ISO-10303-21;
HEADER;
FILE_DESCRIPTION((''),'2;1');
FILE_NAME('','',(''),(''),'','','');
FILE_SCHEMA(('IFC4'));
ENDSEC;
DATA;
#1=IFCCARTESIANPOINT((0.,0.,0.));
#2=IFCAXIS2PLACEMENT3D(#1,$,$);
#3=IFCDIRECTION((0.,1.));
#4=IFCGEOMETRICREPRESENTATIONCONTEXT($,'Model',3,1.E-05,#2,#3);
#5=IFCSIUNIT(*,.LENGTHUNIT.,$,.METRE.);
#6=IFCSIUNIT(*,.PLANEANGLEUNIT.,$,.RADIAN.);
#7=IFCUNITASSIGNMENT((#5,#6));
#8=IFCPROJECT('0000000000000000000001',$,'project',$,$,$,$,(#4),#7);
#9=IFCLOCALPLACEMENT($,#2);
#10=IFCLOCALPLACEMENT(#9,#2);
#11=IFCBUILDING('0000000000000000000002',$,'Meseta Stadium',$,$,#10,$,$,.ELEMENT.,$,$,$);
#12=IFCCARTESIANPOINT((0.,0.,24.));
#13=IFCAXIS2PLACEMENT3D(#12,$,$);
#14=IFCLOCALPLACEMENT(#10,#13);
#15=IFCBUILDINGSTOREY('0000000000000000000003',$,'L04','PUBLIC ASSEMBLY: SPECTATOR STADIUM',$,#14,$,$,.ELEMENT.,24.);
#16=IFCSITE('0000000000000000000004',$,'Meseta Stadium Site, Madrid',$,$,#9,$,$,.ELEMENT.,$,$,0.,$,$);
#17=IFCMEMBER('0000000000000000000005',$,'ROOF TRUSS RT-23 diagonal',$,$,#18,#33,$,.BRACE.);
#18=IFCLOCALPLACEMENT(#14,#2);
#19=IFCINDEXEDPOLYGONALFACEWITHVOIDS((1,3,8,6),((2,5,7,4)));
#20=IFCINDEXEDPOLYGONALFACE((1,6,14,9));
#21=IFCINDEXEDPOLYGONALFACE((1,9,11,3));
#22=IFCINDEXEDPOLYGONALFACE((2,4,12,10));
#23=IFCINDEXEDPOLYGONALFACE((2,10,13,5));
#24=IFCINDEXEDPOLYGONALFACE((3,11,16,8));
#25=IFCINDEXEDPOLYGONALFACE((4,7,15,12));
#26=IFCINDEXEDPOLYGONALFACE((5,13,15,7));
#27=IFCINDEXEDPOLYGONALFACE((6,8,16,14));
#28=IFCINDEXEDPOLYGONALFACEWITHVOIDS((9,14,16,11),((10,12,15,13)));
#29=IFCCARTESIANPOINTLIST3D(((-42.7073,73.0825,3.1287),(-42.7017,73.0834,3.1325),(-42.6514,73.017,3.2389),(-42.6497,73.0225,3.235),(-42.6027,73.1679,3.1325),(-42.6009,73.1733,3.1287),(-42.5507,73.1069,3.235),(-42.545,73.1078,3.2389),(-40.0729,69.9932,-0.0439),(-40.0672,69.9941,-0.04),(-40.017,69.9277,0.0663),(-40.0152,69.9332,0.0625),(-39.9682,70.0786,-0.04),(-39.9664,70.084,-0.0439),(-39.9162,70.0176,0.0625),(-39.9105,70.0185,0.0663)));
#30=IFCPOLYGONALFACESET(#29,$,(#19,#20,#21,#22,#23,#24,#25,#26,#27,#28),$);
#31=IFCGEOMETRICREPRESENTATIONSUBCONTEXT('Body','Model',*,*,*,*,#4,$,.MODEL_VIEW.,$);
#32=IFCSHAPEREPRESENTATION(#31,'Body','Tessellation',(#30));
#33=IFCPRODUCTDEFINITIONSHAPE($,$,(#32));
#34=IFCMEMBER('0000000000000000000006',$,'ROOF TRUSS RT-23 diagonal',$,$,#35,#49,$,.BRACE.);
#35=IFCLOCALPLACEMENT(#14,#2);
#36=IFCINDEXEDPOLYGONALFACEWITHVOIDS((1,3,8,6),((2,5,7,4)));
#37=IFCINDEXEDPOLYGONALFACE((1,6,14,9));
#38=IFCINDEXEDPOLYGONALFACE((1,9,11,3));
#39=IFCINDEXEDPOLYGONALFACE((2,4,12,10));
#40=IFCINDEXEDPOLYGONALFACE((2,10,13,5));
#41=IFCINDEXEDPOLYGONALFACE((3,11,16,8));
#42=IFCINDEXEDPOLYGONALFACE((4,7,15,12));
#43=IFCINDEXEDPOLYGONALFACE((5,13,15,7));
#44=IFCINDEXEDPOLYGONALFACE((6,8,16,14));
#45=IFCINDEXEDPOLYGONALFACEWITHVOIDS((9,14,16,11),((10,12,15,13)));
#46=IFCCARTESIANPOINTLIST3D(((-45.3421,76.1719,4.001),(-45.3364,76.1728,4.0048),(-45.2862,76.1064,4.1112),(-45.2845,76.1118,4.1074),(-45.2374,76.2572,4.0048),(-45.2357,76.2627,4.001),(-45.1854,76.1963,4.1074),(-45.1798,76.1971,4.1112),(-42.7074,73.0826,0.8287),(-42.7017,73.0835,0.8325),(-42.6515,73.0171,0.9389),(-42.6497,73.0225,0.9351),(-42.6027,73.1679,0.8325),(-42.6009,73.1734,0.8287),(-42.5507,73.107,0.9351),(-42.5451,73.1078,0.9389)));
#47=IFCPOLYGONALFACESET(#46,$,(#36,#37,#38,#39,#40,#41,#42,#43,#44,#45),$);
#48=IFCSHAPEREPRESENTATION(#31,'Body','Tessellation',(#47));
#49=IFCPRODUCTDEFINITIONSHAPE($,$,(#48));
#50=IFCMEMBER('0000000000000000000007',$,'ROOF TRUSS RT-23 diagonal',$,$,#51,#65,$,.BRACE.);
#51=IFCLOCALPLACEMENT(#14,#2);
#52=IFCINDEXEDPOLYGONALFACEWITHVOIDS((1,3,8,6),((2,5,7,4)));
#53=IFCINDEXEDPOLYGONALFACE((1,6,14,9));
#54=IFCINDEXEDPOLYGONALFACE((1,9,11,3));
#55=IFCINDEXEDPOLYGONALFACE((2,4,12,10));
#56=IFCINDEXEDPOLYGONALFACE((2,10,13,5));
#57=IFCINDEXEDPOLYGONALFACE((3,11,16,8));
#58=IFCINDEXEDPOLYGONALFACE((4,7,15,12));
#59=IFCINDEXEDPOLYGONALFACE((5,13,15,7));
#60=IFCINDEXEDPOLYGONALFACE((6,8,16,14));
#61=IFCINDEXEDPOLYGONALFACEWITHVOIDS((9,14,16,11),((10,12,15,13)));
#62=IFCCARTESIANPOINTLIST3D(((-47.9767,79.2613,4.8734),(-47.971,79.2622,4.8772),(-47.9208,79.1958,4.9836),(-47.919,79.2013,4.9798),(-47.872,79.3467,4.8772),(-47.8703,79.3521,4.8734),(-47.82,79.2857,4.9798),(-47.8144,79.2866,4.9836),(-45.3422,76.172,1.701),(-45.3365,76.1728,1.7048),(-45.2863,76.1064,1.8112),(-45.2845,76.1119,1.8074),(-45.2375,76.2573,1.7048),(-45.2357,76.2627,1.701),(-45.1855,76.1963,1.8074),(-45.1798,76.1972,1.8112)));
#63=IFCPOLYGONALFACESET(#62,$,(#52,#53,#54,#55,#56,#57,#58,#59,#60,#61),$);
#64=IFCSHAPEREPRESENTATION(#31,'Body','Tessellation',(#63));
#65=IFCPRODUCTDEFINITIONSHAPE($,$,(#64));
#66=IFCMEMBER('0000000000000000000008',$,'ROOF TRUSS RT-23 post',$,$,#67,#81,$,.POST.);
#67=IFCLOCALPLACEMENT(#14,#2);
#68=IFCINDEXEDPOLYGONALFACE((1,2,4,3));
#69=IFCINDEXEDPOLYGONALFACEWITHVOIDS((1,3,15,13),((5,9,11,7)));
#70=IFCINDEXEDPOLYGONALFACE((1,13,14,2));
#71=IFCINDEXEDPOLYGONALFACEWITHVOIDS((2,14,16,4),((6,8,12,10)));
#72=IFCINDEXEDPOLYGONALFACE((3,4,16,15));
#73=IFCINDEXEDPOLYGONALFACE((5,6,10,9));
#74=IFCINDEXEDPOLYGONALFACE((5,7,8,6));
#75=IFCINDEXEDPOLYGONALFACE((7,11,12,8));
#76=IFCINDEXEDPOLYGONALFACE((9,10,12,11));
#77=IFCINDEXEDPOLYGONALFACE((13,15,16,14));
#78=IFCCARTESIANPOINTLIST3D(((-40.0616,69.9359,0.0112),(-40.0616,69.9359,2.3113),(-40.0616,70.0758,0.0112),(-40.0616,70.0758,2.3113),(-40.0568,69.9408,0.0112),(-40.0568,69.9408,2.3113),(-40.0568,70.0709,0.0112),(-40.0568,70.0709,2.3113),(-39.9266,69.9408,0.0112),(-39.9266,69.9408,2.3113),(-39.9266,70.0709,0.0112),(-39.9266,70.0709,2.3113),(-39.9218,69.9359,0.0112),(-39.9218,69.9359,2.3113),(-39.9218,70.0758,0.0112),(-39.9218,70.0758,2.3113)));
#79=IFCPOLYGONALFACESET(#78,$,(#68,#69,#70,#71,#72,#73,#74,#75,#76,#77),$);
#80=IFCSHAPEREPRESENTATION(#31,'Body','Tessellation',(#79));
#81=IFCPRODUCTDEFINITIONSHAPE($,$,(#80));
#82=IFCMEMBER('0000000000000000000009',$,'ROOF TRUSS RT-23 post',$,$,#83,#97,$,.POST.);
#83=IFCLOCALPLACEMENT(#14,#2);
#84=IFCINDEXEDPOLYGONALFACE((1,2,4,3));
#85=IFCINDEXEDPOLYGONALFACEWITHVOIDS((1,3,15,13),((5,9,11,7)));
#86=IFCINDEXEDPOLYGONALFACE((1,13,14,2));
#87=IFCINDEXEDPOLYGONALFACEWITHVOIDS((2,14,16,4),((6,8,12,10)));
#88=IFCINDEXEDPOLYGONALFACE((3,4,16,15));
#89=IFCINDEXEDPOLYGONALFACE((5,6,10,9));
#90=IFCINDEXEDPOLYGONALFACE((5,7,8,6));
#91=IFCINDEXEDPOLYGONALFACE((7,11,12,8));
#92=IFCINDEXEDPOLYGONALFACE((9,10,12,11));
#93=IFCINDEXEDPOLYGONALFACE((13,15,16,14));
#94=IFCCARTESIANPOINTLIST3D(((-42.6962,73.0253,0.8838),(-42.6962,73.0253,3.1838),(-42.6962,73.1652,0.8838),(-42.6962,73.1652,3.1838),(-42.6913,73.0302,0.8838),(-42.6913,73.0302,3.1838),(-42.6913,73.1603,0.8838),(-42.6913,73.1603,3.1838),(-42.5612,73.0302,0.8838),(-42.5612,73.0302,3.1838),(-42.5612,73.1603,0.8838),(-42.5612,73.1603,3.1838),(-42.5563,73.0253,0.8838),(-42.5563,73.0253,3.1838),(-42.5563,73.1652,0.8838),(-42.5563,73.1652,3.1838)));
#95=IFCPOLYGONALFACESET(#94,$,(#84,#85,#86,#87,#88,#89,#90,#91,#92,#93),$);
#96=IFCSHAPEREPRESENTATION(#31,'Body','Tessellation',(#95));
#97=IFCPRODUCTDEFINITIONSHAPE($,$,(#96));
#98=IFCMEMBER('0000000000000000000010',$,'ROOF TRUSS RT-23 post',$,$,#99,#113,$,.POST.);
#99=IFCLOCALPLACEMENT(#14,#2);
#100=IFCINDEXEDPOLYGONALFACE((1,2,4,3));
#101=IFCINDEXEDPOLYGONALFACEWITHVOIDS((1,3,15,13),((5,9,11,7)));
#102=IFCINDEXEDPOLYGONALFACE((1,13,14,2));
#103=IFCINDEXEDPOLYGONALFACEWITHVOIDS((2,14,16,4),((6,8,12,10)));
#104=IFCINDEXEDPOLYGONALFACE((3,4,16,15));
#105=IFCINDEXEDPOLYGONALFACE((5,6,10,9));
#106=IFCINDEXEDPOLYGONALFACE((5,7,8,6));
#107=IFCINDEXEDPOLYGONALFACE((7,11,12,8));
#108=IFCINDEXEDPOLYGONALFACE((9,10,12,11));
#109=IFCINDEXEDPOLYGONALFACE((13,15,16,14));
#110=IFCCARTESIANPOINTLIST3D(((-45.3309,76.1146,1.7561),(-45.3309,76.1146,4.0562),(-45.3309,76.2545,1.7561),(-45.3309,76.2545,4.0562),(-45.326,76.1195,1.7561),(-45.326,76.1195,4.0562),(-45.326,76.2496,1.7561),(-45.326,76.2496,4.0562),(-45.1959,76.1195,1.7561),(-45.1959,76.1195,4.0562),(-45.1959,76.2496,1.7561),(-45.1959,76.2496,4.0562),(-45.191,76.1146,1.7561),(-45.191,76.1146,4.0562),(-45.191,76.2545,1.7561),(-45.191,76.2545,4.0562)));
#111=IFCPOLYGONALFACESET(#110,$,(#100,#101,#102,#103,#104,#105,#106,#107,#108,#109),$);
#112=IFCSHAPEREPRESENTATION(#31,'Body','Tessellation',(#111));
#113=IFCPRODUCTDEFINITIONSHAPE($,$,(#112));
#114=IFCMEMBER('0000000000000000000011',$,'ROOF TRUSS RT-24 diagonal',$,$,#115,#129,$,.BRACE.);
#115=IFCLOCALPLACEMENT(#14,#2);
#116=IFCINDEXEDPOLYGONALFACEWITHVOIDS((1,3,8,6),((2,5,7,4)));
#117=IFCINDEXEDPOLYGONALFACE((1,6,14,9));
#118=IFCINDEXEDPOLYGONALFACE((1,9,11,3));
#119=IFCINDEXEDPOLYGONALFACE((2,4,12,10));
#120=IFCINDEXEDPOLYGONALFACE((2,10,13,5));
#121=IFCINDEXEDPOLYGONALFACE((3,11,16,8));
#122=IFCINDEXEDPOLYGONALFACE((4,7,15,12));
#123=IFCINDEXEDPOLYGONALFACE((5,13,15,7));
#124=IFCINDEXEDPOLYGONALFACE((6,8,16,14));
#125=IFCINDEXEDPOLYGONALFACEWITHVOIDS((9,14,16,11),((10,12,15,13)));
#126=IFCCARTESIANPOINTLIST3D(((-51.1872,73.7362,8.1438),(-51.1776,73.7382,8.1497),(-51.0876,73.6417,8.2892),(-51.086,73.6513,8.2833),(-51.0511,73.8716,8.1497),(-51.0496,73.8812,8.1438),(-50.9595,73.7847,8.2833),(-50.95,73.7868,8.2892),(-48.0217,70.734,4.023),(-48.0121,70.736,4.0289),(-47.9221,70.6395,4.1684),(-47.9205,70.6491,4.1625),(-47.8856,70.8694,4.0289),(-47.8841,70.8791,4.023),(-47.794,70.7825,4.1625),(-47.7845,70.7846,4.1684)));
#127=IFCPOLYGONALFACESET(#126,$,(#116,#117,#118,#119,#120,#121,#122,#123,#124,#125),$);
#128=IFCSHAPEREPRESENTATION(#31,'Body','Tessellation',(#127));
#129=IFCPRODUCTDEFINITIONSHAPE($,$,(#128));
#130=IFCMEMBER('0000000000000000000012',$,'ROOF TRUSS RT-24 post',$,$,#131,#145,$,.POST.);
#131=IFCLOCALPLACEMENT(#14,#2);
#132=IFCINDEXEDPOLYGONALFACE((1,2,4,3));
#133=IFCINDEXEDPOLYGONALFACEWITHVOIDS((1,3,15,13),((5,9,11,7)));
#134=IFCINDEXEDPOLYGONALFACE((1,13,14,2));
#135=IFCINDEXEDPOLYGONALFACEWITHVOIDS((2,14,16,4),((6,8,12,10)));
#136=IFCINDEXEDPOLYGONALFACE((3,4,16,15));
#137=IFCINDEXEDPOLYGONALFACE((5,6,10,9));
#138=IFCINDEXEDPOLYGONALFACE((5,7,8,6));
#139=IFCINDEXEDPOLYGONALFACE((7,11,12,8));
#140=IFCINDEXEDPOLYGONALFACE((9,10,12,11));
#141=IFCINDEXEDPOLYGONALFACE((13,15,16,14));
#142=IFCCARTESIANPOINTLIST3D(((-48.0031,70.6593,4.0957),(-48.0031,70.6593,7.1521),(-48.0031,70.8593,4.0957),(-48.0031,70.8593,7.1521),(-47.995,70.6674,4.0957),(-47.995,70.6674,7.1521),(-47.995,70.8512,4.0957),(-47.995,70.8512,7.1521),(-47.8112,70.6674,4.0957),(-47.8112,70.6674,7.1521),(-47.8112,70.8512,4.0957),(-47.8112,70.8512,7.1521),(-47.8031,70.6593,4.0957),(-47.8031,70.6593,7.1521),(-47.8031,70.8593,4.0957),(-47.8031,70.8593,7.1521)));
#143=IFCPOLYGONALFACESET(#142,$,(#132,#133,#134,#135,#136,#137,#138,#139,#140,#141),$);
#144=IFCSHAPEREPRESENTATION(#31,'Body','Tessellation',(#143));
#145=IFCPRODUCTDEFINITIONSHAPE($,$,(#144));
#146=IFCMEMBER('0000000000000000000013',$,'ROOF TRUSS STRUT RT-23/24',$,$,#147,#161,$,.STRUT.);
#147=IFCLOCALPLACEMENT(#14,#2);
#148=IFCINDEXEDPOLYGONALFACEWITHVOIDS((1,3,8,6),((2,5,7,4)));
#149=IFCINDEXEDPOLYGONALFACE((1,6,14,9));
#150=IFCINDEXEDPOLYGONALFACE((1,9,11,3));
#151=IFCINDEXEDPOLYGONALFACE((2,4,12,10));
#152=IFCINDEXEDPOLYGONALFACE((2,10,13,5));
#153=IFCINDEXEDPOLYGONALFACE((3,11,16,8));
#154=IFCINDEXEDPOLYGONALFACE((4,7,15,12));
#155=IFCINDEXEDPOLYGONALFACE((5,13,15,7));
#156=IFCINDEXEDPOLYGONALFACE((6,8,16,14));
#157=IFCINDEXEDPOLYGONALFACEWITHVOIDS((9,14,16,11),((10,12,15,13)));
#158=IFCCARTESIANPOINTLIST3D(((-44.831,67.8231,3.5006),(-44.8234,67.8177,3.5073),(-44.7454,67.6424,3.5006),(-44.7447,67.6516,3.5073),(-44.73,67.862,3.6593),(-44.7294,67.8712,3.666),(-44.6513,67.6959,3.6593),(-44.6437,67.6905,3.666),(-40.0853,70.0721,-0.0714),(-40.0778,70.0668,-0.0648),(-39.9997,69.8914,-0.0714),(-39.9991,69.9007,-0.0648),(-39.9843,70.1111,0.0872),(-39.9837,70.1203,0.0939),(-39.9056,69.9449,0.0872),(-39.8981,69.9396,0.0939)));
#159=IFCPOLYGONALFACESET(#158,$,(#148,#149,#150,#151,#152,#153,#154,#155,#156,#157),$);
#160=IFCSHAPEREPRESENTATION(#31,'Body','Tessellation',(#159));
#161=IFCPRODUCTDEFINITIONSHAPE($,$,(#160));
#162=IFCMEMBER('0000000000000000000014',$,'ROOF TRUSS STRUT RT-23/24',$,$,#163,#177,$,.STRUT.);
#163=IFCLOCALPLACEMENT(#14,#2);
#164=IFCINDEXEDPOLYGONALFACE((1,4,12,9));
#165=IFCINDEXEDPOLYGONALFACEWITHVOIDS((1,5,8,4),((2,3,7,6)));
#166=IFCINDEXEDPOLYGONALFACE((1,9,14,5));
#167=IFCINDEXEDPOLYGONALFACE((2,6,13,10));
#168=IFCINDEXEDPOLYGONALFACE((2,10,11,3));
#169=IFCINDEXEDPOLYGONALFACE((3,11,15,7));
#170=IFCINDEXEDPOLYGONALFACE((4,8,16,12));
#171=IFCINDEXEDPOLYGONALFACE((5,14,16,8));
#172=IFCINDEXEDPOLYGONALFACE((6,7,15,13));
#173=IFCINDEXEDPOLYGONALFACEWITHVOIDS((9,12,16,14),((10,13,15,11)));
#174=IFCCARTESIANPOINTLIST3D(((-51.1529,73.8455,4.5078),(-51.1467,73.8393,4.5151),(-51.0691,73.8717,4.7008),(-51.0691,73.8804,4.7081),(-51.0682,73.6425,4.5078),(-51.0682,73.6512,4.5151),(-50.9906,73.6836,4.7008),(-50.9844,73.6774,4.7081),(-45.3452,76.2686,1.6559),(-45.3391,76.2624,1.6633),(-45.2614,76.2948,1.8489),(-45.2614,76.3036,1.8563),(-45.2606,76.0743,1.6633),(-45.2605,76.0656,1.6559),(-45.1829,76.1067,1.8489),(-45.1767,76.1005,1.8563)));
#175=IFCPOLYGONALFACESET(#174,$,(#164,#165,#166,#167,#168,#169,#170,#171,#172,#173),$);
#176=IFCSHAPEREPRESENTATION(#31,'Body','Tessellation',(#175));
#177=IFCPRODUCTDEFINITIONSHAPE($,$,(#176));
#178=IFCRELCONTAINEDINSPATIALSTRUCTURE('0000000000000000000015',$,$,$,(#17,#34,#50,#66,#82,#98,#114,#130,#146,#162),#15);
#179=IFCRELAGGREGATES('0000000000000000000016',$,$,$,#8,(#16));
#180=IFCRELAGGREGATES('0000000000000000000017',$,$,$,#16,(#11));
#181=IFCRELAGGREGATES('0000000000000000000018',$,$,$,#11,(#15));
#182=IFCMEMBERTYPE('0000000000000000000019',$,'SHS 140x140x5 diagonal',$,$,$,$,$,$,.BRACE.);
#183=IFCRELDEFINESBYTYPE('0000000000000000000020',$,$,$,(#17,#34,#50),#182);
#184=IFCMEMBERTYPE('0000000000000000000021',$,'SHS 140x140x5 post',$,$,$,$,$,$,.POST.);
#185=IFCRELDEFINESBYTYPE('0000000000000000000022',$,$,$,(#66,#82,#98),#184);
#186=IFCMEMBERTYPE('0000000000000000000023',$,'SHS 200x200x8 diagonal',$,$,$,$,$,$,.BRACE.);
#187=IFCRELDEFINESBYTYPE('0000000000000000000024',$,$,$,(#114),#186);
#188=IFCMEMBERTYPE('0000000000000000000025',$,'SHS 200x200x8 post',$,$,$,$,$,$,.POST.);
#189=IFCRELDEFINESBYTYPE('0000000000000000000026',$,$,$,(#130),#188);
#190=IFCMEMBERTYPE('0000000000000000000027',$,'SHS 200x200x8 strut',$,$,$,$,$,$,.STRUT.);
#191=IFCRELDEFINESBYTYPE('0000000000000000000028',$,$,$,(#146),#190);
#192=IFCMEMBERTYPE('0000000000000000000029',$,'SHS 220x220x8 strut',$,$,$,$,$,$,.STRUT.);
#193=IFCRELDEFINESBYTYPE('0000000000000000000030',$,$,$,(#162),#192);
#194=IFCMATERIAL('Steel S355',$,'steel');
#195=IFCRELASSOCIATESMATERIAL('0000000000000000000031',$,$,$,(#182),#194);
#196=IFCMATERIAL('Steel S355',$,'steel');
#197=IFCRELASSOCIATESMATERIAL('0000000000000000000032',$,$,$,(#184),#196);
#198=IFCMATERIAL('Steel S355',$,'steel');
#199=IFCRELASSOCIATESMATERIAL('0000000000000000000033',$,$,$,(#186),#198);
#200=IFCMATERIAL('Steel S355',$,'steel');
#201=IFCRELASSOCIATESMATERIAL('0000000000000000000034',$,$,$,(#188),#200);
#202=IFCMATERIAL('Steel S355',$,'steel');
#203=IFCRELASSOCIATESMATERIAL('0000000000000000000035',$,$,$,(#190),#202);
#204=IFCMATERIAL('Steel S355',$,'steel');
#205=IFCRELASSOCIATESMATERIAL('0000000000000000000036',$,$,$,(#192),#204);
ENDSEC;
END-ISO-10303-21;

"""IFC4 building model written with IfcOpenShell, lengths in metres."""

from ifc_helpers import new_model, si_unit, direction, frame, origin, origin_2d, place, context, subcontext, project, spatial, hollow_rectangle, extrude, material, material_profile, profile_set, type_object, element, save


model = new_model("IFC4")

# Units and contexts
model_context = context("Model", 3, precision=1e-05, world=origin(), true_north=direction((0.0, 1.0)))
body_context = subcontext(model_context, "Body", "Model", "MODEL_VIEW")
ifc_project = project(units=[si_unit("LENGTHUNIT", "METRE"), si_unit("PLANEANGLEUNIT", "RADIAN")], contexts=[model_context])

# Site, building, storey
site_placement = place(None, origin())
site = spatial("IfcSite", under=ifc_project, at=site_placement, Name="Meseta Stadium Site, Madrid", CompositionType="ELEMENT", RefElevation=0.0)
building_placement = place(site_placement, origin())
building = spatial("IfcBuilding", under=site, at=building_placement, Name="Meseta Stadium", CompositionType="ELEMENT")
storey_placement = place(building_placement, frame((0.0, 0.0, 24.0)))
storey = spatial("IfcBuildingStorey", under=building, at=storey_placement, Name="L04", Description="PUBLIC ASSEMBLY: SPECTATOR STADIUM", CompositionType="ELEMENT", Elevation=24.0)

# Members
ifc_material_1 = material(Name="Steel S355", Category="steel")
ifc_material_profile_1 = material_profile(ifc_material_1, hollow_rectangle(XDim=0.1399, YDim=0.1399, WallThickness=0.0049, at=origin_2d()), Name="SHS 140x140x5")
ifc_profile_set_1 = profile_set([ifc_material_profile_1], Name="Steel S355")
member_type_1 = type_object("IfcMemberType", Name="SHS 140x140x5 diagonal", PredefinedType="BRACE", material=ifc_profile_set_1)
for number, where, z_axis, x_axis, name in (
    (1, (-39.9917, 70.0059, 0.0112), (-0.51129, 0.599561, 0.615718), (-0.760897, -0.648873, 0.0), "ROOF TRUSS RT-23 diagonal"),
    (2, (-42.6262, 73.0952, 0.8838), (-0.51134, 0.599564, 0.615674), (-0.760867, -0.648908, 0.0), "ROOF TRUSS RT-23 diagonal"),
    (3, (-45.261, 76.1846, 1.7561), (-0.511305, 0.599579, 0.615689), (-0.760897, -0.648873, 0.0), "ROOF TRUSS RT-23 diagonal"),
):
    element("IfcMember", number, at=place(storey_placement, frame(where, z_axis=z_axis, x_axis=x_axis)), inside=storey, type_object=member_type_1, Name=name, PredefinedType="BRACE", context=body_context, shape_type="SweptSolid", body=[
        extrude(hollow_rectangle(XDim=0.1399, YDim=0.1399, WallThickness=0.0049, at=origin_2d()), origin(), (0.0, 0.0, 1.0), 5.1526),
    ])
ifc_material_2 = material(Name="Steel S355", Category="steel")
ifc_material_profile_2 = material_profile(ifc_material_2, hollow_rectangle(XDim=0.1399, YDim=0.1399, WallThickness=0.0049, at=origin_2d()), Name="SHS 140x140x5")
ifc_profile_set_2 = profile_set([ifc_material_profile_2], Name="Steel S355")
member_type_2 = type_object("IfcMemberType", Name="SHS 140x140x5 post", PredefinedType="POST", material=ifc_profile_set_2)
for number, where, z_axis, x_axis, name in (
    (4, (-39.9917, 70.0059, 0.0112), (0.0, 0.0, 1.0), (1.0, 0.0, 0.0), "ROOF TRUSS RT-23 post"),
    (5, (-42.6262, 73.0952, 0.8838), (0.0, 0.0, 1.0), (1.0, 0.0, 0.0), "ROOF TRUSS RT-23 post"),
    (6, (-45.261, 76.1846, 1.7561), (0.0, 0.0, 1.0), (1.0, 0.0, 0.0), "ROOF TRUSS RT-23 post"),
):
    element("IfcMember", number, at=place(storey_placement, frame(where, z_axis=z_axis, x_axis=x_axis)), inside=storey, type_object=member_type_2, Name=name, PredefinedType="POST", context=body_context, shape_type="SweptSolid", body=[
        extrude(hollow_rectangle(XDim=0.1399, YDim=0.1399, WallThickness=0.0049, at=origin_2d()), origin(), (0.0, 0.0, 1.0), 2.3),
    ])
ifc_material_3 = material(Name="Steel S355", Category="steel")
ifc_material_profile_3 = material_profile(ifc_material_3, hollow_rectangle(XDim=0.2, YDim=0.2, WallThickness=0.0081, at=origin_2d()), Name="SHS 200x200x8")
ifc_profile_set_3 = profile_set([ifc_material_profile_3], Name="Steel S355")
member_type_3 = type_object("IfcMemberType", Name="SHS 200x200x8 diagonal", PredefinedType="BRACE", material=ifc_profile_set_3)
member_1_placement = place(storey_placement, frame((-47.9031, 70.7593, 4.0957), z_axis=(-0.527477, 0.500261, 0.686664), x_axis=(-0.68814, -0.725578, 0.0)))
element("IfcMember", 7, at=member_1_placement, inside=storey, type_object=member_type_3, Name="ROOF TRUSS RT-24 diagonal", PredefinedType="BRACE", context=body_context, shape_type="SweptSolid", body=[
    extrude(hollow_rectangle(XDim=0.2, YDim=0.2, WallThickness=0.0081, at=origin_2d()), origin(), (0.0, 0.0, 1.0), 6.0012),
])
ifc_material_4 = material(Name="Steel S355", Category="steel")
ifc_material_profile_4 = material_profile(ifc_material_4, hollow_rectangle(XDim=0.2, YDim=0.2, WallThickness=0.0081, at=origin_2d()), Name="SHS 200x200x8")
ifc_profile_set_4 = profile_set([ifc_material_profile_4], Name="Steel S355")
member_type_4 = type_object("IfcMemberType", Name="SHS 200x200x8 post", PredefinedType="POST", material=ifc_profile_set_4)
member_2_placement = place(storey_placement, frame((-47.9031, 70.7593, 4.0957), z_axis=(0.0, 0.0, 1.0), x_axis=(1.0, 0.0, 0.0)))
element("IfcMember", 8, at=member_2_placement, inside=storey, type_object=member_type_4, Name="ROOF TRUSS RT-24 post", PredefinedType="POST", context=body_context, shape_type="SweptSolid", body=[
    extrude(hollow_rectangle(XDim=0.2, YDim=0.2, WallThickness=0.0081, at=origin_2d()), origin(), (0.0, 0.0, 1.0), 3.0564),
])
ifc_material_5 = material(Name="Steel S355", Category="steel")
ifc_material_profile_5 = material_profile(ifc_material_5, hollow_rectangle(XDim=0.2, YDim=0.2, WallThickness=0.0081, at=origin_2d()), Name="SHS 200x200x8")
ifc_profile_set_5 = profile_set([ifc_material_profile_5], Name="Steel S355")
member_type_5 = type_object("IfcMemberType", Name="SHS 200x200x8 strut", PredefinedType="STRUT", material=ifc_profile_set_5)
member_3_placement = place(storey_placement, frame((-39.9917, 70.0059, 0.0112), z_axis=(-0.747194, -0.354108, 0.562413), x_axis=(0.428258, -0.903656, 0.0)))
element("IfcMember", 9, at=member_3_placement, inside=storey, type_object=member_type_5, Name="ROOF TRUSS STRUT RT-23/24", PredefinedType="STRUT", context=body_context, shape_type="SweptSolid", body=[
    extrude(hollow_rectangle(XDim=0.2, YDim=0.2, WallThickness=0.0081, at=origin_2d()), origin(), (0.0, 0.0, 1.0), 6.3513),
])
ifc_material_6 = material(Name="Steel S355", Category="steel")
ifc_material_profile_6 = material_profile(ifc_material_6, hollow_rectangle(XDim=0.22, YDim=0.22, WallThickness=0.0081, at=origin_2d()), Name="SHS 220x220x8")
ifc_profile_set_6 = profile_set([ifc_material_profile_6], Name="Steel S355")
member_type_6 = type_object("IfcMemberType", Name="SHS 220x220x8 strut", PredefinedType="STRUT", material=ifc_profile_set_6)
member_4_placement = place(storey_placement, frame((-45.261, 76.1846, 1.7561), z_axis=(-0.840602, -0.350722, 0.412774), x_axis=(0.385056, -0.922893, 0.0)))
element("IfcMember", 10, at=member_4_placement, inside=storey, type_object=member_type_6, Name="ROOF TRUSS STRUT RT-23/24", PredefinedType="STRUT", context=body_context, shape_type="SweptSolid", body=[
    extrude(hollow_rectangle(XDim=0.22, YDim=0.22, WallThickness=0.0081, at=origin_2d()), origin(), (0.0, 0.0, 1.0), 6.9089),
])

save(model, "model.ifc")
